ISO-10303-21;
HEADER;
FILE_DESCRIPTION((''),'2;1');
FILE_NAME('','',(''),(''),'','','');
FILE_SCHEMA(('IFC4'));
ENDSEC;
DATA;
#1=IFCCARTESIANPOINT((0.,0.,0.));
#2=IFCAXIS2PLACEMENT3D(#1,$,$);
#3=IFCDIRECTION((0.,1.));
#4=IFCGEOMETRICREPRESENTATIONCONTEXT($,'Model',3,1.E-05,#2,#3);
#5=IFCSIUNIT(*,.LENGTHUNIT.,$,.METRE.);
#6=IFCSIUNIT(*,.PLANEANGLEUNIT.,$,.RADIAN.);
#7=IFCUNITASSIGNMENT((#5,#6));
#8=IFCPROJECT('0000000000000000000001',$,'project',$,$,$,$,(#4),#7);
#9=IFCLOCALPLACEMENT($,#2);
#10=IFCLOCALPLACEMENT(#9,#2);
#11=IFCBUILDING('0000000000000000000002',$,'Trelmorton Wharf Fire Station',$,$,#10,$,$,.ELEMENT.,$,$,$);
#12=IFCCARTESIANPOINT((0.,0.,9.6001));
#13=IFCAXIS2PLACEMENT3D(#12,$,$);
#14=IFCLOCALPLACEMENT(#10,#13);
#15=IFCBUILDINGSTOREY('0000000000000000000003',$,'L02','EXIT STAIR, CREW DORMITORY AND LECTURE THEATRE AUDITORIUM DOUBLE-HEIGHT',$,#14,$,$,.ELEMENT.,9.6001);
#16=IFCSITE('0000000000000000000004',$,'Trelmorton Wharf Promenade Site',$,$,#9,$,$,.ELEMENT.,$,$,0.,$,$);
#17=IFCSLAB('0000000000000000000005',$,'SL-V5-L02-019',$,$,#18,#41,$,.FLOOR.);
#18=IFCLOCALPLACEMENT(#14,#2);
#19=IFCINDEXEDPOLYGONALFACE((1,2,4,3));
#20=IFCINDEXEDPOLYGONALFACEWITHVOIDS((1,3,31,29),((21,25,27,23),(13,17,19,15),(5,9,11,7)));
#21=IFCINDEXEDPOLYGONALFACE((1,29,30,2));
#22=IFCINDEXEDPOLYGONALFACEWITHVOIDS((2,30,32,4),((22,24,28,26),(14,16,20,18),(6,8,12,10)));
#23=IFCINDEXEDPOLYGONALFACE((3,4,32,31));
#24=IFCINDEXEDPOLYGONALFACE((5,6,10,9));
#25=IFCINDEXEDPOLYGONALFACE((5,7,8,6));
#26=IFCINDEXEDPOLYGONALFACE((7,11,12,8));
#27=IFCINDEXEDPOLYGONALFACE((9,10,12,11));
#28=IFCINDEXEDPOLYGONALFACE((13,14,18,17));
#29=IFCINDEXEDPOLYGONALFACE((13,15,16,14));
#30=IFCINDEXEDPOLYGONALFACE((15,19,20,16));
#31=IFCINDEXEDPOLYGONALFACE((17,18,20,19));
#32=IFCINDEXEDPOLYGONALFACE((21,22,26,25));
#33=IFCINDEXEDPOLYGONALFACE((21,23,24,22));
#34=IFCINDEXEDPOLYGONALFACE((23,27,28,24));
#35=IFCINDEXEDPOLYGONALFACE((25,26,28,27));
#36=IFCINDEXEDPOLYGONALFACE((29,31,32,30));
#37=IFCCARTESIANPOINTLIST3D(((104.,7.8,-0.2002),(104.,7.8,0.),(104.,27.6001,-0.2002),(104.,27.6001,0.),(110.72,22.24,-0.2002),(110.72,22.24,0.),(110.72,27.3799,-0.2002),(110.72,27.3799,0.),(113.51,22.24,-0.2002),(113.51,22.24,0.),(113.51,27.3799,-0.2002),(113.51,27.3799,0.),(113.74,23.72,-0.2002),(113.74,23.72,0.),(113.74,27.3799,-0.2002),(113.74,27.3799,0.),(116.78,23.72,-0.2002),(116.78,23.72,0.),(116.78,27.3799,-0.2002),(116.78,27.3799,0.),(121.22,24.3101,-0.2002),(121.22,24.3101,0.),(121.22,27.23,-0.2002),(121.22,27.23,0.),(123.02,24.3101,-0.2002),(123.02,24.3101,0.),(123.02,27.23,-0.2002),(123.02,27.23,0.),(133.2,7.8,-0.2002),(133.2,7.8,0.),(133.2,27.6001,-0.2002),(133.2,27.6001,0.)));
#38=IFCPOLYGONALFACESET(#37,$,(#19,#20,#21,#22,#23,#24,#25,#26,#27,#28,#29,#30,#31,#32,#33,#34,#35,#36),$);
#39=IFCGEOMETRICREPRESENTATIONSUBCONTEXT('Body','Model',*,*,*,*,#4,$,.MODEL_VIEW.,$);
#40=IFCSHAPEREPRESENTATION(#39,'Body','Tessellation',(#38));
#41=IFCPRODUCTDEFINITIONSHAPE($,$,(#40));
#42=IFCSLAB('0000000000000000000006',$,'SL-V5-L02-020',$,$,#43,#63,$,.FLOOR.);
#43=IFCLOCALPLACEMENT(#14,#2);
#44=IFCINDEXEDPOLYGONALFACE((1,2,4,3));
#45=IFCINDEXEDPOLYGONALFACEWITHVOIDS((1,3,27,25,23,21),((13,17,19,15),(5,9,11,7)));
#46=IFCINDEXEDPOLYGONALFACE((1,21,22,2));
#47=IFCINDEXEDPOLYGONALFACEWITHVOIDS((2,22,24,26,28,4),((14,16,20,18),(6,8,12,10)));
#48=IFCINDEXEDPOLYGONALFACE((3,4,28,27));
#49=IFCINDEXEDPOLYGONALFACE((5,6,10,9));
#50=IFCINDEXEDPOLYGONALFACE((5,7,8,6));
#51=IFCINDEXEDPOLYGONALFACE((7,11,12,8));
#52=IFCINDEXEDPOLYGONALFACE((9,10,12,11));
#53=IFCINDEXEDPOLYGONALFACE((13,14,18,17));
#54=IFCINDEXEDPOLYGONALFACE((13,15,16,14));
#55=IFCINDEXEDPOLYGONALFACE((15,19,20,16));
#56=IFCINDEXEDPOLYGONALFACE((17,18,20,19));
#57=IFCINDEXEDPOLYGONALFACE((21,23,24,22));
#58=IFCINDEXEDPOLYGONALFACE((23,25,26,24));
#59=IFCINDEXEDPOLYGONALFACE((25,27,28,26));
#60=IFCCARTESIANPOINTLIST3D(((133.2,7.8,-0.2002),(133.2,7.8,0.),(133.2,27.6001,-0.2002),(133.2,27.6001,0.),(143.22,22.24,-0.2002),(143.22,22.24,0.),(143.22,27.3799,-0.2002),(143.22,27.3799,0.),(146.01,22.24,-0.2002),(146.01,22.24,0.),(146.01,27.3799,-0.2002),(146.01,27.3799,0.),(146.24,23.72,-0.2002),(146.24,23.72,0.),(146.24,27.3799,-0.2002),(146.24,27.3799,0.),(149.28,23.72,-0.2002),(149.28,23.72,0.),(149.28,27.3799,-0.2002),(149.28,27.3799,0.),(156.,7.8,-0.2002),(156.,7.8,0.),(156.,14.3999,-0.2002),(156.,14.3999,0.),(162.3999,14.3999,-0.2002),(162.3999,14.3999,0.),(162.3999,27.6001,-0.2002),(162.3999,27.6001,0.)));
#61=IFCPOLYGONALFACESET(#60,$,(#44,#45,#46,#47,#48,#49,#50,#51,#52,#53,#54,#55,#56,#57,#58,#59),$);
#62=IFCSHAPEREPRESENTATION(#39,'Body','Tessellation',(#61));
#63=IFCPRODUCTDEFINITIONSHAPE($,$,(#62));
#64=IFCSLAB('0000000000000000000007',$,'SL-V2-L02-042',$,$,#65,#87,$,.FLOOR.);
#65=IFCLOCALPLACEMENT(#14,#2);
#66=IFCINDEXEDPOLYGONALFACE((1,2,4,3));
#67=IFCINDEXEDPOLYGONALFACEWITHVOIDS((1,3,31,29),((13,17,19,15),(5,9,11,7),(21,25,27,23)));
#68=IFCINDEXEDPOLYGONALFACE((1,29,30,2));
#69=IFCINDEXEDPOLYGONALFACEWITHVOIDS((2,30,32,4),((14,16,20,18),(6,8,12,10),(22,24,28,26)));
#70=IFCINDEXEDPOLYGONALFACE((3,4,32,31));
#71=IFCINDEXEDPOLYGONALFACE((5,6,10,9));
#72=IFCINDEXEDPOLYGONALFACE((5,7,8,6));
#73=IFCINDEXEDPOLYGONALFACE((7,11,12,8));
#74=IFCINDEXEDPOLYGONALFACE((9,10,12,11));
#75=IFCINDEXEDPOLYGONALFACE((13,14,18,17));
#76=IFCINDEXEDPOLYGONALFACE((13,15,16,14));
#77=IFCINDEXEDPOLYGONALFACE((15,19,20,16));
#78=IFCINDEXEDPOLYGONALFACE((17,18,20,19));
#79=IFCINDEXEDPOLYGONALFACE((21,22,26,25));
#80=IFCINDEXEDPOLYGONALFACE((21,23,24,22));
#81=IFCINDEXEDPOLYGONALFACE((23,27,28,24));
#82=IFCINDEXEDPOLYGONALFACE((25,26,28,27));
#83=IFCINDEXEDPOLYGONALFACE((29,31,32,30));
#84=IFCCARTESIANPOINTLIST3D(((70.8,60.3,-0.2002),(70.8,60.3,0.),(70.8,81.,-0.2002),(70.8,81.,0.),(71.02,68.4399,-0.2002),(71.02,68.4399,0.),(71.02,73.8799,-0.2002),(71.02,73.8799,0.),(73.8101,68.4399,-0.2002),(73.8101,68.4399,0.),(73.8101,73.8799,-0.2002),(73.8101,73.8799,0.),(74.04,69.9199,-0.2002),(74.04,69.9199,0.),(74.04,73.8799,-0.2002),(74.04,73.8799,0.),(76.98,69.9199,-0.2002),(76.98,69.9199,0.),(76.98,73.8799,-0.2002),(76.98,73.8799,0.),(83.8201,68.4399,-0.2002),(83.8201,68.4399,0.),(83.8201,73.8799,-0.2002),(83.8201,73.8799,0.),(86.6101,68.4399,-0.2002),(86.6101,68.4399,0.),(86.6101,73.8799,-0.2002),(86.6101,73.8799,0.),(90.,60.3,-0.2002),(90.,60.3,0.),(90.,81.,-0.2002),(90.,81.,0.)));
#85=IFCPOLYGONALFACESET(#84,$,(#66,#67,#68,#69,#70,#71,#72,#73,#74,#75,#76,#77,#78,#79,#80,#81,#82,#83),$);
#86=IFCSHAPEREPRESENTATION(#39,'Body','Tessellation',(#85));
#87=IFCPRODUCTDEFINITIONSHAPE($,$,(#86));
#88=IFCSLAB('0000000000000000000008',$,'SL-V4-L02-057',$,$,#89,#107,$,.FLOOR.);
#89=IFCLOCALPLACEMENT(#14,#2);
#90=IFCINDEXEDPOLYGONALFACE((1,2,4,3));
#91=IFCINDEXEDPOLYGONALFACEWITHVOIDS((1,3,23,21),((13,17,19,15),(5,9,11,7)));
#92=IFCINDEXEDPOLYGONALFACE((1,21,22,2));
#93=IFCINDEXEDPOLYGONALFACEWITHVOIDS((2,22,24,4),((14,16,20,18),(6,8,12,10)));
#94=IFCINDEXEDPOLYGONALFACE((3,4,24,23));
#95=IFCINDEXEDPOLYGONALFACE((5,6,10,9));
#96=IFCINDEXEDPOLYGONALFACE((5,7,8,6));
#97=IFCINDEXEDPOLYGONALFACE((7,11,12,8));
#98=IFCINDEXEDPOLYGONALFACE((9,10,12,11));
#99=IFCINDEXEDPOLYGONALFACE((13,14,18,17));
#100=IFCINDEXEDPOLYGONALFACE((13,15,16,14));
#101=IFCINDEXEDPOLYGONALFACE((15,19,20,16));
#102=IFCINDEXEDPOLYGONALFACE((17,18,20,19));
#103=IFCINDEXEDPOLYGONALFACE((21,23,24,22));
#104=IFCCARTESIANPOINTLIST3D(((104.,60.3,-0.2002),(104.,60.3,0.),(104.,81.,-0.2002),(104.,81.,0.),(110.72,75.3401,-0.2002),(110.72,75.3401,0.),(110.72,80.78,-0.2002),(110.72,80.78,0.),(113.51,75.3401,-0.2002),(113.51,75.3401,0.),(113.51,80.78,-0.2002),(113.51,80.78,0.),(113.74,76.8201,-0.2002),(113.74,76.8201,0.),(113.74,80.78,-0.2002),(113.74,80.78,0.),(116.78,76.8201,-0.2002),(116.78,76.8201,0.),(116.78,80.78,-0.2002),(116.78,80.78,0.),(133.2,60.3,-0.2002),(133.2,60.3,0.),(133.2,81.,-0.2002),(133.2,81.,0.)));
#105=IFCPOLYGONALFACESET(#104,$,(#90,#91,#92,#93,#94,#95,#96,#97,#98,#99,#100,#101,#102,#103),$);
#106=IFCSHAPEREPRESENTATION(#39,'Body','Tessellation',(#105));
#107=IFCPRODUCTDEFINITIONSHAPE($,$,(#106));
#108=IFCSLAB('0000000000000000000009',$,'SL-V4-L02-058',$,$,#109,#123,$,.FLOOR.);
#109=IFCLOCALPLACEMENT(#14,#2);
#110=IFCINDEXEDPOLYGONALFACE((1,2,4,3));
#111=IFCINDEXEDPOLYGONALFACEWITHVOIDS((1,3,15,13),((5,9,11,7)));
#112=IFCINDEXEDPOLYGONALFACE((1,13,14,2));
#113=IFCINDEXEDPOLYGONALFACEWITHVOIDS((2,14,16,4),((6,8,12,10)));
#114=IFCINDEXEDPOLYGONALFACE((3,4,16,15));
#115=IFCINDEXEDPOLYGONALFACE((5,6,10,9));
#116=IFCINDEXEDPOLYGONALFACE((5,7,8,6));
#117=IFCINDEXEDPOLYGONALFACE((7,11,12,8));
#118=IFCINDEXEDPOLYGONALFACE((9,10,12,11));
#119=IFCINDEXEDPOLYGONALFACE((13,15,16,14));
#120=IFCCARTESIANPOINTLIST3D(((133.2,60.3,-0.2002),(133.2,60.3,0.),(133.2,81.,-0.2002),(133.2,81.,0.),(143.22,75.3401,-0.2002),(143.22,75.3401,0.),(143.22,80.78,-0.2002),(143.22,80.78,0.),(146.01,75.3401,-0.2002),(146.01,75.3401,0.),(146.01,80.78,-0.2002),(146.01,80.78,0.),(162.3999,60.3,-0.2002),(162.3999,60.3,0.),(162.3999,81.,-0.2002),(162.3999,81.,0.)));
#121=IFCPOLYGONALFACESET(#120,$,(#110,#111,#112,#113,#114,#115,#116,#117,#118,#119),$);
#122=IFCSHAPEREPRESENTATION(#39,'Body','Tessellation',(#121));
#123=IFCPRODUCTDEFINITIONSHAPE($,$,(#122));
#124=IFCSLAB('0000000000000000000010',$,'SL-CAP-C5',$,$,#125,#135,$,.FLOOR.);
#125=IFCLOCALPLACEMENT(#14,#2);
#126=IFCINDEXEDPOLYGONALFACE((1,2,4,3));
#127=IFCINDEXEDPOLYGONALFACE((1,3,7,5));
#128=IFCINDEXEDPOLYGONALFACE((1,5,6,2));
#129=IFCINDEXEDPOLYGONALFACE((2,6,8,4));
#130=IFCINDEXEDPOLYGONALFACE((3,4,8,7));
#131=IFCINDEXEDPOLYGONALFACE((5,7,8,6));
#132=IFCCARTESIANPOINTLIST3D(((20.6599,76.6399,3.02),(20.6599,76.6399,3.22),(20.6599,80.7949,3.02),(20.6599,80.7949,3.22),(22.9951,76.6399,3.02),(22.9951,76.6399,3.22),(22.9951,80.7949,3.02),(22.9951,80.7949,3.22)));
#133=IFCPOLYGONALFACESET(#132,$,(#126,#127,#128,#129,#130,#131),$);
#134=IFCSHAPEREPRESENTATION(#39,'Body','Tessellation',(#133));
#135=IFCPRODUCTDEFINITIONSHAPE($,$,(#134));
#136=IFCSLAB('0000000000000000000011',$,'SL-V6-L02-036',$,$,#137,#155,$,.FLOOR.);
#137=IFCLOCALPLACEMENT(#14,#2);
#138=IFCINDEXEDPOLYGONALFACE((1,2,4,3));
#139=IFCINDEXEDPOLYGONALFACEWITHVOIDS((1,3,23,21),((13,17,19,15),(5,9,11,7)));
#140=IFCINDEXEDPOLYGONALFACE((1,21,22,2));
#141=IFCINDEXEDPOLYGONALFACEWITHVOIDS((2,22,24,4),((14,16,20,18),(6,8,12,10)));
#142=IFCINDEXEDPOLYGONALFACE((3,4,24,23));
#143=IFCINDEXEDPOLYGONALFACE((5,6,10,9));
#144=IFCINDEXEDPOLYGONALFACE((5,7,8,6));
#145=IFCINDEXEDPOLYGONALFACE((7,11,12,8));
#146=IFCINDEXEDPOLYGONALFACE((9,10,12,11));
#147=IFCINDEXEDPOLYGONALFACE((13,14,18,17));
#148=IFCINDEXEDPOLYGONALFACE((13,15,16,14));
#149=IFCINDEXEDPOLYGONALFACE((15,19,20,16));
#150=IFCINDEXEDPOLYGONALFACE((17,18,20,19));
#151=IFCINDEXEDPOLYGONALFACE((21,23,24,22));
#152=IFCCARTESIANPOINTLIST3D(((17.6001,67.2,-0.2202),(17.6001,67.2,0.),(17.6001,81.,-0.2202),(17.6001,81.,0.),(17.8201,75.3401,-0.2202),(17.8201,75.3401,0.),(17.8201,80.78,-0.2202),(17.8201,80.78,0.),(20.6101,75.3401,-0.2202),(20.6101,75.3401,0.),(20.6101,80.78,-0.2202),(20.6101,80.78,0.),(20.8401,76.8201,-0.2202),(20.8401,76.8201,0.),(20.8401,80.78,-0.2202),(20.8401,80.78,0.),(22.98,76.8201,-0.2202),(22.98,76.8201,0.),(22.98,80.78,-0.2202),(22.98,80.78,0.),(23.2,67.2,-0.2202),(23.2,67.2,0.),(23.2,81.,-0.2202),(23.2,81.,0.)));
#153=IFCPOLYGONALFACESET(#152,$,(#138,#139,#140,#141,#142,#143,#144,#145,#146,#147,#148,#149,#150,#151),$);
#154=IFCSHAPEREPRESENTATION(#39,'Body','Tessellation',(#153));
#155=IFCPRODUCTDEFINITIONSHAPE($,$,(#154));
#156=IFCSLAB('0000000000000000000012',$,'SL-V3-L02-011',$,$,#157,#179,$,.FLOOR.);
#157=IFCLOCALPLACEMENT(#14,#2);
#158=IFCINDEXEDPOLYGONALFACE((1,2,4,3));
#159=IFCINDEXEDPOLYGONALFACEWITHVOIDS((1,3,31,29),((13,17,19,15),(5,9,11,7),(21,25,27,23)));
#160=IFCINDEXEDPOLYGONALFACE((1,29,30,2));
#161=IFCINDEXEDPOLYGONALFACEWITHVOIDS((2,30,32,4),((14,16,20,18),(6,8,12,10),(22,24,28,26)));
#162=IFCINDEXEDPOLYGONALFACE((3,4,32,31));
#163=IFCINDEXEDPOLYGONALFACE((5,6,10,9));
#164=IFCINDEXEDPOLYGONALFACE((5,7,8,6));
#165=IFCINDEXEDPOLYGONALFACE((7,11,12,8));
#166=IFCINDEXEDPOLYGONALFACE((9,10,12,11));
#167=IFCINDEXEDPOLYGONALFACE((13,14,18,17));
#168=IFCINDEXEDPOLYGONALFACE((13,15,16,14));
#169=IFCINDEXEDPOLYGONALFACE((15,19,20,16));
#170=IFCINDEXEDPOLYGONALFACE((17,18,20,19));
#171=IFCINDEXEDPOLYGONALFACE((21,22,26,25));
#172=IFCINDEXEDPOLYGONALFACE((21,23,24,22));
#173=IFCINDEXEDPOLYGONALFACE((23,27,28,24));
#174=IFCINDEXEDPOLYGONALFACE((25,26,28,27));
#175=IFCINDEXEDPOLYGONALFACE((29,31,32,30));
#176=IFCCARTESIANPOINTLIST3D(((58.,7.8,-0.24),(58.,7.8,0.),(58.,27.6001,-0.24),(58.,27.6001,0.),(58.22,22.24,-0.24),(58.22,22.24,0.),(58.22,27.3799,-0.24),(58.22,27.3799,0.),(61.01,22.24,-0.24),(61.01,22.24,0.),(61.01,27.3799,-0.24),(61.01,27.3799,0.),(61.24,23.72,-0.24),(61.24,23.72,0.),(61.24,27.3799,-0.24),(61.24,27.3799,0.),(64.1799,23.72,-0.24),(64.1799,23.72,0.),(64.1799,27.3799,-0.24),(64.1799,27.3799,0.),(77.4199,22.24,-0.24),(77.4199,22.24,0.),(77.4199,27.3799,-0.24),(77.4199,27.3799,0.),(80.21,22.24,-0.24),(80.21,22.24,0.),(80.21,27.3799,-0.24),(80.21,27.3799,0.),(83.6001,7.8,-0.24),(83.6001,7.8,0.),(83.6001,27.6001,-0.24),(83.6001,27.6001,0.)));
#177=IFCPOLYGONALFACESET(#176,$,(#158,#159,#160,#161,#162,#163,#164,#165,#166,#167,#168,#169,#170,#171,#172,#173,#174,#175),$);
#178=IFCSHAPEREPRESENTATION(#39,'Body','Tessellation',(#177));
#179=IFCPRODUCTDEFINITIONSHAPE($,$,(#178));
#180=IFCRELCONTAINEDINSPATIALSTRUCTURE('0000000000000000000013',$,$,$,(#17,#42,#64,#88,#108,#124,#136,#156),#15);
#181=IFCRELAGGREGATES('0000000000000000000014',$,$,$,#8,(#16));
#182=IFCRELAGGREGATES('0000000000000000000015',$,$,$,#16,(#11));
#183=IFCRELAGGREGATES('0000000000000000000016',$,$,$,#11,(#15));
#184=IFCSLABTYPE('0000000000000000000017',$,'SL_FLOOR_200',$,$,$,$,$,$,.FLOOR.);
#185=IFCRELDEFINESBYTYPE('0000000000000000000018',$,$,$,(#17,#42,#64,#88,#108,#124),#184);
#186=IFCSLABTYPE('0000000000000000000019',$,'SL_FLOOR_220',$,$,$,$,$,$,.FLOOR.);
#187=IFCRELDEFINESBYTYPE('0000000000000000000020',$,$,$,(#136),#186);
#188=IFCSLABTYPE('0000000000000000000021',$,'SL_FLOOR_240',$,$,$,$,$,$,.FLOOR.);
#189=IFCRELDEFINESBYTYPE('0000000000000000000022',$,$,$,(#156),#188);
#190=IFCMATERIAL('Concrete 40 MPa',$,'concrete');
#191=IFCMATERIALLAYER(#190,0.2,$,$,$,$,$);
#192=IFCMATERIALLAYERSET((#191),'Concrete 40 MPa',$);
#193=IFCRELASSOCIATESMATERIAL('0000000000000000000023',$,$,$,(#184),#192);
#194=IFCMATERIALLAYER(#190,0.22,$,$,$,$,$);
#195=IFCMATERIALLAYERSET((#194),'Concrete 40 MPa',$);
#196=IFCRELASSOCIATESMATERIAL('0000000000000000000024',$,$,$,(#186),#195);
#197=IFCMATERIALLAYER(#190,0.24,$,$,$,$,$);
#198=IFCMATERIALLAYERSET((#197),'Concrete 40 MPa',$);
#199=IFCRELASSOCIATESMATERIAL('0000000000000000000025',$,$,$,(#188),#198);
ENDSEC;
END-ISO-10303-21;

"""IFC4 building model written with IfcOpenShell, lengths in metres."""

from ifc_helpers import new_model, si_unit, direction, frame, origin, place, context, subcontext, project, spatial, polyline, outline, extrude, material, layer, layer_set, type_object, element, save


model = new_model("IFC4")

# Units and contexts
model_context = context("Model", 3, precision=1e-05, world=origin(), true_north=direction((0.0, 1.0)))
body_context = subcontext(model_context, "Body", "Model", "MODEL_VIEW")
ifc_project = project(units=[si_unit("LENGTHUNIT", "METRE"), si_unit("PLANEANGLEUNIT", "RADIAN")], contexts=[model_context])

# Site, building, storey
site_placement = place(None, origin())
site = spatial("IfcSite", under=ifc_project, at=site_placement, Name="Trelmorton Wharf Promenade Site", CompositionType="ELEMENT", RefElevation=0.0)
building_placement = place(site_placement, origin())
building = spatial("IfcBuilding", under=site, at=building_placement, Name="Trelmorton Wharf Fire Station", CompositionType="ELEMENT")
storey_placement = place(building_placement, frame((0.0, 0.0, 9.6001)))
storey = spatial("IfcBuildingStorey", under=building, at=storey_placement, Name="L02", Description="EXIT STAIR, CREW DORMITORY AND LECTURE THEATRE AUDITORIUM DOUBLE-HEIGHT", CompositionType="ELEMENT", Elevation=9.6001)

# Slabs
ifc_material_1 = material(Name="Concrete 40 MPa", Category="concrete")
ifc_layer_1 = layer(ifc_material_1, 0.2)
ifc_layer_set_1 = layer_set([ifc_layer_1], Name="Concrete 40 MPa")
slab_type_1 = type_object("IfcSlabType", Name="SL_FLOOR_200", PredefinedType="FLOOR", material=ifc_layer_set_1)
slab_1_placement = place(storey_placement, frame((0.0, 0.0, -0.2002)))
element("IfcSlab", 1, at=slab_1_placement, inside=storey, type_object=slab_type_1, Name="SL-V5-L02-019", PredefinedType="FLOOR", context=body_context, shape_type="SweptSolid", body=[
    extrude(outline(polyline([(104.0, 7.8), (104.0, 27.6001), (133.2, 27.6001), (133.2, 7.8), (104.0, 7.8)]), holes=[polyline([(110.72, 27.3799), (110.72, 22.24), (113.51, 22.24), (113.51, 27.3799), (110.72, 27.3799)]), polyline([(116.78, 27.3799), (113.74, 27.3799), (113.74, 23.72), (116.78, 23.72), (116.78, 27.3799)]), polyline([(123.02, 24.3101), (123.02, 27.23), (121.22, 27.23), (121.22, 24.3101), (123.02, 24.3101)])]), origin(), (0.0, 0.0, 1.0), 0.2002),
])
slab_2_placement = place(storey_placement, frame((0.0, 0.0, -0.2002)))
element("IfcSlab", 2, at=slab_2_placement, inside=storey, type_object=slab_type_1, Name="SL-V5-L02-020", PredefinedType="FLOOR", context=body_context, shape_type="SweptSolid", body=[
    extrude(outline(polyline([(133.2, 7.8), (133.2, 27.6001), (162.3999, 27.6001), (162.3999, 14.3999), (156.0, 14.3999), (156.0, 7.8), (133.2, 7.8)]), holes=[polyline([(143.22, 22.24), (146.01, 22.24), (146.01, 27.3799), (143.22, 27.3799), (143.22, 22.24)]), polyline([(146.24, 27.3799), (146.24, 23.72), (149.28, 23.72), (149.28, 27.3799), (146.24, 27.3799)])]), origin(), (0.0, 0.0, 1.0), 0.2002),
])
slab_3_placement = place(storey_placement, frame((0.0, 0.0, -0.2002)))
element("IfcSlab", 3, at=slab_3_placement, inside=storey, type_object=slab_type_1, Name="SL-V2-L02-042", PredefinedType="FLOOR", context=body_context, shape_type="SweptSolid", body=[
    extrude(outline(polyline([(90.0, 81.0), (90.0, 60.3), (70.8, 60.3), (70.8, 81.0), (90.0, 81.0)]), holes=[polyline([(71.02, 68.4399), (73.8101, 68.4399), (73.8101, 73.8799), (71.02, 73.8799), (71.02, 68.4399)]), polyline([(74.04, 73.8799), (74.04, 69.9199), (76.98, 69.9199), (76.98, 73.8799), (74.04, 73.8799)]), polyline([(86.6101, 73.8799), (83.8201, 73.8799), (83.8201, 68.4399), (86.6101, 68.4399), (86.6101, 73.8799)])]), origin(), (0.0, 0.0, 1.0), 0.2002),
])
slab_4_placement = place(storey_placement, frame((0.0, 0.0, -0.2002)))
element("IfcSlab", 4, at=slab_4_placement, inside=storey, type_object=slab_type_1, Name="SL-V4-L02-057", PredefinedType="FLOOR", context=body_context, shape_type="SweptSolid", body=[
    extrude(outline(polyline([(104.0, 60.3), (104.0, 81.0), (133.2, 81.0), (133.2, 60.3), (104.0, 60.3)]), holes=[polyline([(113.51, 75.3401), (113.51, 80.78), (110.72, 80.78), (110.72, 75.3401), (113.51, 75.3401)]), polyline([(113.74, 76.8201), (116.78, 76.8201), (116.78, 80.78), (113.74, 80.78), (113.74, 76.8201)])]), origin(), (0.0, 0.0, 1.0), 0.2002),
])
slab_5_placement = place(storey_placement, frame((0.0, 0.0, -0.2002)))
element("IfcSlab", 5, at=slab_5_placement, inside=storey, type_object=slab_type_1, Name="SL-V4-L02-058", PredefinedType="FLOOR", context=body_context, shape_type="SweptSolid", body=[
    extrude(outline(polyline([(162.3999, 60.3), (133.2, 60.3), (133.2, 81.0), (162.3999, 81.0), (162.3999, 60.3)]), holes=[polyline([(143.22, 80.78), (143.22, 75.3401), (146.01, 75.3401), (146.01, 80.78), (143.22, 80.78)])]), origin(), (0.0, 0.0, 1.0), 0.2002),
])
slab_6_placement = place(storey_placement, frame((0.0, 0.0, 3.02)))
element("IfcSlab", 6, at=slab_6_placement, inside=storey, type_object=slab_type_1, Name="SL-CAP-C5", PredefinedType="FLOOR", context=body_context, shape_type="SweptSolid", body=[
    extrude(outline(polyline([(20.6599, 76.6399), (22.9951, 76.6399), (22.9951, 80.7949), (20.6599, 80.7949), (20.6599, 76.6399)])), origin(), (0.0, 0.0, 1.0), 0.2),
])
ifc_layer_2 = layer(ifc_material_1, 0.22)
ifc_layer_set_2 = layer_set([ifc_layer_2], Name="Concrete 40 MPa")
slab_type_2 = type_object("IfcSlabType", Name="SL_FLOOR_220", PredefinedType="FLOOR", material=ifc_layer_set_2)
slab_7_placement = place(storey_placement, frame((0.0, 0.0, -0.2202)))
element("IfcSlab", 7, at=slab_7_placement, inside=storey, type_object=slab_type_2, Name="SL-V6-L02-036", PredefinedType="FLOOR", context=body_context, shape_type="SweptSolid", body=[
    extrude(outline(polyline([(17.6001, 81.0), (23.2, 81.0), (23.2, 67.2), (17.6001, 67.2), (17.6001, 81.0)]), holes=[polyline([(17.8201, 80.78), (17.8201, 75.3401), (20.6101, 75.3401), (20.6101, 80.78), (17.8201, 80.78)]), polyline([(22.98, 80.78), (20.8401, 80.78), (20.8401, 76.8201), (22.98, 76.8201), (22.98, 80.78)])]), origin(), (0.0, 0.0, 1.0), 0.2202),
])
ifc_layer_3 = layer(ifc_material_1, 0.24)
ifc_layer_set_3 = layer_set([ifc_layer_3], Name="Concrete 40 MPa")
slab_type_3 = type_object("IfcSlabType", Name="SL_FLOOR_240", PredefinedType="FLOOR", material=ifc_layer_set_3)
slab_8_placement = place(storey_placement, frame((0.0, 0.0, -0.24)))
element("IfcSlab", 8, at=slab_8_placement, inside=storey, type_object=slab_type_3, Name="SL-V3-L02-011", PredefinedType="FLOOR", context=body_context, shape_type="SweptSolid", body=[
    extrude(outline(polyline([(83.6001, 27.6001), (83.6001, 7.8), (58.0, 7.8), (58.0, 27.6001), (83.6001, 27.6001)]), holes=[polyline([(58.22, 22.24), (61.01, 22.24), (61.01, 27.3799), (58.22, 27.3799), (58.22, 22.24)]), polyline([(61.24, 27.3799), (61.24, 23.72), (64.1799, 23.72), (64.1799, 27.3799), (61.24, 27.3799)]), polyline([(80.21, 27.3799), (77.4199, 27.3799), (77.4199, 22.24), (80.21, 22.24), (80.21, 27.3799)])]), origin(), (0.0, 0.0, 1.0), 0.24),
])

save(model, "model.ifc")
